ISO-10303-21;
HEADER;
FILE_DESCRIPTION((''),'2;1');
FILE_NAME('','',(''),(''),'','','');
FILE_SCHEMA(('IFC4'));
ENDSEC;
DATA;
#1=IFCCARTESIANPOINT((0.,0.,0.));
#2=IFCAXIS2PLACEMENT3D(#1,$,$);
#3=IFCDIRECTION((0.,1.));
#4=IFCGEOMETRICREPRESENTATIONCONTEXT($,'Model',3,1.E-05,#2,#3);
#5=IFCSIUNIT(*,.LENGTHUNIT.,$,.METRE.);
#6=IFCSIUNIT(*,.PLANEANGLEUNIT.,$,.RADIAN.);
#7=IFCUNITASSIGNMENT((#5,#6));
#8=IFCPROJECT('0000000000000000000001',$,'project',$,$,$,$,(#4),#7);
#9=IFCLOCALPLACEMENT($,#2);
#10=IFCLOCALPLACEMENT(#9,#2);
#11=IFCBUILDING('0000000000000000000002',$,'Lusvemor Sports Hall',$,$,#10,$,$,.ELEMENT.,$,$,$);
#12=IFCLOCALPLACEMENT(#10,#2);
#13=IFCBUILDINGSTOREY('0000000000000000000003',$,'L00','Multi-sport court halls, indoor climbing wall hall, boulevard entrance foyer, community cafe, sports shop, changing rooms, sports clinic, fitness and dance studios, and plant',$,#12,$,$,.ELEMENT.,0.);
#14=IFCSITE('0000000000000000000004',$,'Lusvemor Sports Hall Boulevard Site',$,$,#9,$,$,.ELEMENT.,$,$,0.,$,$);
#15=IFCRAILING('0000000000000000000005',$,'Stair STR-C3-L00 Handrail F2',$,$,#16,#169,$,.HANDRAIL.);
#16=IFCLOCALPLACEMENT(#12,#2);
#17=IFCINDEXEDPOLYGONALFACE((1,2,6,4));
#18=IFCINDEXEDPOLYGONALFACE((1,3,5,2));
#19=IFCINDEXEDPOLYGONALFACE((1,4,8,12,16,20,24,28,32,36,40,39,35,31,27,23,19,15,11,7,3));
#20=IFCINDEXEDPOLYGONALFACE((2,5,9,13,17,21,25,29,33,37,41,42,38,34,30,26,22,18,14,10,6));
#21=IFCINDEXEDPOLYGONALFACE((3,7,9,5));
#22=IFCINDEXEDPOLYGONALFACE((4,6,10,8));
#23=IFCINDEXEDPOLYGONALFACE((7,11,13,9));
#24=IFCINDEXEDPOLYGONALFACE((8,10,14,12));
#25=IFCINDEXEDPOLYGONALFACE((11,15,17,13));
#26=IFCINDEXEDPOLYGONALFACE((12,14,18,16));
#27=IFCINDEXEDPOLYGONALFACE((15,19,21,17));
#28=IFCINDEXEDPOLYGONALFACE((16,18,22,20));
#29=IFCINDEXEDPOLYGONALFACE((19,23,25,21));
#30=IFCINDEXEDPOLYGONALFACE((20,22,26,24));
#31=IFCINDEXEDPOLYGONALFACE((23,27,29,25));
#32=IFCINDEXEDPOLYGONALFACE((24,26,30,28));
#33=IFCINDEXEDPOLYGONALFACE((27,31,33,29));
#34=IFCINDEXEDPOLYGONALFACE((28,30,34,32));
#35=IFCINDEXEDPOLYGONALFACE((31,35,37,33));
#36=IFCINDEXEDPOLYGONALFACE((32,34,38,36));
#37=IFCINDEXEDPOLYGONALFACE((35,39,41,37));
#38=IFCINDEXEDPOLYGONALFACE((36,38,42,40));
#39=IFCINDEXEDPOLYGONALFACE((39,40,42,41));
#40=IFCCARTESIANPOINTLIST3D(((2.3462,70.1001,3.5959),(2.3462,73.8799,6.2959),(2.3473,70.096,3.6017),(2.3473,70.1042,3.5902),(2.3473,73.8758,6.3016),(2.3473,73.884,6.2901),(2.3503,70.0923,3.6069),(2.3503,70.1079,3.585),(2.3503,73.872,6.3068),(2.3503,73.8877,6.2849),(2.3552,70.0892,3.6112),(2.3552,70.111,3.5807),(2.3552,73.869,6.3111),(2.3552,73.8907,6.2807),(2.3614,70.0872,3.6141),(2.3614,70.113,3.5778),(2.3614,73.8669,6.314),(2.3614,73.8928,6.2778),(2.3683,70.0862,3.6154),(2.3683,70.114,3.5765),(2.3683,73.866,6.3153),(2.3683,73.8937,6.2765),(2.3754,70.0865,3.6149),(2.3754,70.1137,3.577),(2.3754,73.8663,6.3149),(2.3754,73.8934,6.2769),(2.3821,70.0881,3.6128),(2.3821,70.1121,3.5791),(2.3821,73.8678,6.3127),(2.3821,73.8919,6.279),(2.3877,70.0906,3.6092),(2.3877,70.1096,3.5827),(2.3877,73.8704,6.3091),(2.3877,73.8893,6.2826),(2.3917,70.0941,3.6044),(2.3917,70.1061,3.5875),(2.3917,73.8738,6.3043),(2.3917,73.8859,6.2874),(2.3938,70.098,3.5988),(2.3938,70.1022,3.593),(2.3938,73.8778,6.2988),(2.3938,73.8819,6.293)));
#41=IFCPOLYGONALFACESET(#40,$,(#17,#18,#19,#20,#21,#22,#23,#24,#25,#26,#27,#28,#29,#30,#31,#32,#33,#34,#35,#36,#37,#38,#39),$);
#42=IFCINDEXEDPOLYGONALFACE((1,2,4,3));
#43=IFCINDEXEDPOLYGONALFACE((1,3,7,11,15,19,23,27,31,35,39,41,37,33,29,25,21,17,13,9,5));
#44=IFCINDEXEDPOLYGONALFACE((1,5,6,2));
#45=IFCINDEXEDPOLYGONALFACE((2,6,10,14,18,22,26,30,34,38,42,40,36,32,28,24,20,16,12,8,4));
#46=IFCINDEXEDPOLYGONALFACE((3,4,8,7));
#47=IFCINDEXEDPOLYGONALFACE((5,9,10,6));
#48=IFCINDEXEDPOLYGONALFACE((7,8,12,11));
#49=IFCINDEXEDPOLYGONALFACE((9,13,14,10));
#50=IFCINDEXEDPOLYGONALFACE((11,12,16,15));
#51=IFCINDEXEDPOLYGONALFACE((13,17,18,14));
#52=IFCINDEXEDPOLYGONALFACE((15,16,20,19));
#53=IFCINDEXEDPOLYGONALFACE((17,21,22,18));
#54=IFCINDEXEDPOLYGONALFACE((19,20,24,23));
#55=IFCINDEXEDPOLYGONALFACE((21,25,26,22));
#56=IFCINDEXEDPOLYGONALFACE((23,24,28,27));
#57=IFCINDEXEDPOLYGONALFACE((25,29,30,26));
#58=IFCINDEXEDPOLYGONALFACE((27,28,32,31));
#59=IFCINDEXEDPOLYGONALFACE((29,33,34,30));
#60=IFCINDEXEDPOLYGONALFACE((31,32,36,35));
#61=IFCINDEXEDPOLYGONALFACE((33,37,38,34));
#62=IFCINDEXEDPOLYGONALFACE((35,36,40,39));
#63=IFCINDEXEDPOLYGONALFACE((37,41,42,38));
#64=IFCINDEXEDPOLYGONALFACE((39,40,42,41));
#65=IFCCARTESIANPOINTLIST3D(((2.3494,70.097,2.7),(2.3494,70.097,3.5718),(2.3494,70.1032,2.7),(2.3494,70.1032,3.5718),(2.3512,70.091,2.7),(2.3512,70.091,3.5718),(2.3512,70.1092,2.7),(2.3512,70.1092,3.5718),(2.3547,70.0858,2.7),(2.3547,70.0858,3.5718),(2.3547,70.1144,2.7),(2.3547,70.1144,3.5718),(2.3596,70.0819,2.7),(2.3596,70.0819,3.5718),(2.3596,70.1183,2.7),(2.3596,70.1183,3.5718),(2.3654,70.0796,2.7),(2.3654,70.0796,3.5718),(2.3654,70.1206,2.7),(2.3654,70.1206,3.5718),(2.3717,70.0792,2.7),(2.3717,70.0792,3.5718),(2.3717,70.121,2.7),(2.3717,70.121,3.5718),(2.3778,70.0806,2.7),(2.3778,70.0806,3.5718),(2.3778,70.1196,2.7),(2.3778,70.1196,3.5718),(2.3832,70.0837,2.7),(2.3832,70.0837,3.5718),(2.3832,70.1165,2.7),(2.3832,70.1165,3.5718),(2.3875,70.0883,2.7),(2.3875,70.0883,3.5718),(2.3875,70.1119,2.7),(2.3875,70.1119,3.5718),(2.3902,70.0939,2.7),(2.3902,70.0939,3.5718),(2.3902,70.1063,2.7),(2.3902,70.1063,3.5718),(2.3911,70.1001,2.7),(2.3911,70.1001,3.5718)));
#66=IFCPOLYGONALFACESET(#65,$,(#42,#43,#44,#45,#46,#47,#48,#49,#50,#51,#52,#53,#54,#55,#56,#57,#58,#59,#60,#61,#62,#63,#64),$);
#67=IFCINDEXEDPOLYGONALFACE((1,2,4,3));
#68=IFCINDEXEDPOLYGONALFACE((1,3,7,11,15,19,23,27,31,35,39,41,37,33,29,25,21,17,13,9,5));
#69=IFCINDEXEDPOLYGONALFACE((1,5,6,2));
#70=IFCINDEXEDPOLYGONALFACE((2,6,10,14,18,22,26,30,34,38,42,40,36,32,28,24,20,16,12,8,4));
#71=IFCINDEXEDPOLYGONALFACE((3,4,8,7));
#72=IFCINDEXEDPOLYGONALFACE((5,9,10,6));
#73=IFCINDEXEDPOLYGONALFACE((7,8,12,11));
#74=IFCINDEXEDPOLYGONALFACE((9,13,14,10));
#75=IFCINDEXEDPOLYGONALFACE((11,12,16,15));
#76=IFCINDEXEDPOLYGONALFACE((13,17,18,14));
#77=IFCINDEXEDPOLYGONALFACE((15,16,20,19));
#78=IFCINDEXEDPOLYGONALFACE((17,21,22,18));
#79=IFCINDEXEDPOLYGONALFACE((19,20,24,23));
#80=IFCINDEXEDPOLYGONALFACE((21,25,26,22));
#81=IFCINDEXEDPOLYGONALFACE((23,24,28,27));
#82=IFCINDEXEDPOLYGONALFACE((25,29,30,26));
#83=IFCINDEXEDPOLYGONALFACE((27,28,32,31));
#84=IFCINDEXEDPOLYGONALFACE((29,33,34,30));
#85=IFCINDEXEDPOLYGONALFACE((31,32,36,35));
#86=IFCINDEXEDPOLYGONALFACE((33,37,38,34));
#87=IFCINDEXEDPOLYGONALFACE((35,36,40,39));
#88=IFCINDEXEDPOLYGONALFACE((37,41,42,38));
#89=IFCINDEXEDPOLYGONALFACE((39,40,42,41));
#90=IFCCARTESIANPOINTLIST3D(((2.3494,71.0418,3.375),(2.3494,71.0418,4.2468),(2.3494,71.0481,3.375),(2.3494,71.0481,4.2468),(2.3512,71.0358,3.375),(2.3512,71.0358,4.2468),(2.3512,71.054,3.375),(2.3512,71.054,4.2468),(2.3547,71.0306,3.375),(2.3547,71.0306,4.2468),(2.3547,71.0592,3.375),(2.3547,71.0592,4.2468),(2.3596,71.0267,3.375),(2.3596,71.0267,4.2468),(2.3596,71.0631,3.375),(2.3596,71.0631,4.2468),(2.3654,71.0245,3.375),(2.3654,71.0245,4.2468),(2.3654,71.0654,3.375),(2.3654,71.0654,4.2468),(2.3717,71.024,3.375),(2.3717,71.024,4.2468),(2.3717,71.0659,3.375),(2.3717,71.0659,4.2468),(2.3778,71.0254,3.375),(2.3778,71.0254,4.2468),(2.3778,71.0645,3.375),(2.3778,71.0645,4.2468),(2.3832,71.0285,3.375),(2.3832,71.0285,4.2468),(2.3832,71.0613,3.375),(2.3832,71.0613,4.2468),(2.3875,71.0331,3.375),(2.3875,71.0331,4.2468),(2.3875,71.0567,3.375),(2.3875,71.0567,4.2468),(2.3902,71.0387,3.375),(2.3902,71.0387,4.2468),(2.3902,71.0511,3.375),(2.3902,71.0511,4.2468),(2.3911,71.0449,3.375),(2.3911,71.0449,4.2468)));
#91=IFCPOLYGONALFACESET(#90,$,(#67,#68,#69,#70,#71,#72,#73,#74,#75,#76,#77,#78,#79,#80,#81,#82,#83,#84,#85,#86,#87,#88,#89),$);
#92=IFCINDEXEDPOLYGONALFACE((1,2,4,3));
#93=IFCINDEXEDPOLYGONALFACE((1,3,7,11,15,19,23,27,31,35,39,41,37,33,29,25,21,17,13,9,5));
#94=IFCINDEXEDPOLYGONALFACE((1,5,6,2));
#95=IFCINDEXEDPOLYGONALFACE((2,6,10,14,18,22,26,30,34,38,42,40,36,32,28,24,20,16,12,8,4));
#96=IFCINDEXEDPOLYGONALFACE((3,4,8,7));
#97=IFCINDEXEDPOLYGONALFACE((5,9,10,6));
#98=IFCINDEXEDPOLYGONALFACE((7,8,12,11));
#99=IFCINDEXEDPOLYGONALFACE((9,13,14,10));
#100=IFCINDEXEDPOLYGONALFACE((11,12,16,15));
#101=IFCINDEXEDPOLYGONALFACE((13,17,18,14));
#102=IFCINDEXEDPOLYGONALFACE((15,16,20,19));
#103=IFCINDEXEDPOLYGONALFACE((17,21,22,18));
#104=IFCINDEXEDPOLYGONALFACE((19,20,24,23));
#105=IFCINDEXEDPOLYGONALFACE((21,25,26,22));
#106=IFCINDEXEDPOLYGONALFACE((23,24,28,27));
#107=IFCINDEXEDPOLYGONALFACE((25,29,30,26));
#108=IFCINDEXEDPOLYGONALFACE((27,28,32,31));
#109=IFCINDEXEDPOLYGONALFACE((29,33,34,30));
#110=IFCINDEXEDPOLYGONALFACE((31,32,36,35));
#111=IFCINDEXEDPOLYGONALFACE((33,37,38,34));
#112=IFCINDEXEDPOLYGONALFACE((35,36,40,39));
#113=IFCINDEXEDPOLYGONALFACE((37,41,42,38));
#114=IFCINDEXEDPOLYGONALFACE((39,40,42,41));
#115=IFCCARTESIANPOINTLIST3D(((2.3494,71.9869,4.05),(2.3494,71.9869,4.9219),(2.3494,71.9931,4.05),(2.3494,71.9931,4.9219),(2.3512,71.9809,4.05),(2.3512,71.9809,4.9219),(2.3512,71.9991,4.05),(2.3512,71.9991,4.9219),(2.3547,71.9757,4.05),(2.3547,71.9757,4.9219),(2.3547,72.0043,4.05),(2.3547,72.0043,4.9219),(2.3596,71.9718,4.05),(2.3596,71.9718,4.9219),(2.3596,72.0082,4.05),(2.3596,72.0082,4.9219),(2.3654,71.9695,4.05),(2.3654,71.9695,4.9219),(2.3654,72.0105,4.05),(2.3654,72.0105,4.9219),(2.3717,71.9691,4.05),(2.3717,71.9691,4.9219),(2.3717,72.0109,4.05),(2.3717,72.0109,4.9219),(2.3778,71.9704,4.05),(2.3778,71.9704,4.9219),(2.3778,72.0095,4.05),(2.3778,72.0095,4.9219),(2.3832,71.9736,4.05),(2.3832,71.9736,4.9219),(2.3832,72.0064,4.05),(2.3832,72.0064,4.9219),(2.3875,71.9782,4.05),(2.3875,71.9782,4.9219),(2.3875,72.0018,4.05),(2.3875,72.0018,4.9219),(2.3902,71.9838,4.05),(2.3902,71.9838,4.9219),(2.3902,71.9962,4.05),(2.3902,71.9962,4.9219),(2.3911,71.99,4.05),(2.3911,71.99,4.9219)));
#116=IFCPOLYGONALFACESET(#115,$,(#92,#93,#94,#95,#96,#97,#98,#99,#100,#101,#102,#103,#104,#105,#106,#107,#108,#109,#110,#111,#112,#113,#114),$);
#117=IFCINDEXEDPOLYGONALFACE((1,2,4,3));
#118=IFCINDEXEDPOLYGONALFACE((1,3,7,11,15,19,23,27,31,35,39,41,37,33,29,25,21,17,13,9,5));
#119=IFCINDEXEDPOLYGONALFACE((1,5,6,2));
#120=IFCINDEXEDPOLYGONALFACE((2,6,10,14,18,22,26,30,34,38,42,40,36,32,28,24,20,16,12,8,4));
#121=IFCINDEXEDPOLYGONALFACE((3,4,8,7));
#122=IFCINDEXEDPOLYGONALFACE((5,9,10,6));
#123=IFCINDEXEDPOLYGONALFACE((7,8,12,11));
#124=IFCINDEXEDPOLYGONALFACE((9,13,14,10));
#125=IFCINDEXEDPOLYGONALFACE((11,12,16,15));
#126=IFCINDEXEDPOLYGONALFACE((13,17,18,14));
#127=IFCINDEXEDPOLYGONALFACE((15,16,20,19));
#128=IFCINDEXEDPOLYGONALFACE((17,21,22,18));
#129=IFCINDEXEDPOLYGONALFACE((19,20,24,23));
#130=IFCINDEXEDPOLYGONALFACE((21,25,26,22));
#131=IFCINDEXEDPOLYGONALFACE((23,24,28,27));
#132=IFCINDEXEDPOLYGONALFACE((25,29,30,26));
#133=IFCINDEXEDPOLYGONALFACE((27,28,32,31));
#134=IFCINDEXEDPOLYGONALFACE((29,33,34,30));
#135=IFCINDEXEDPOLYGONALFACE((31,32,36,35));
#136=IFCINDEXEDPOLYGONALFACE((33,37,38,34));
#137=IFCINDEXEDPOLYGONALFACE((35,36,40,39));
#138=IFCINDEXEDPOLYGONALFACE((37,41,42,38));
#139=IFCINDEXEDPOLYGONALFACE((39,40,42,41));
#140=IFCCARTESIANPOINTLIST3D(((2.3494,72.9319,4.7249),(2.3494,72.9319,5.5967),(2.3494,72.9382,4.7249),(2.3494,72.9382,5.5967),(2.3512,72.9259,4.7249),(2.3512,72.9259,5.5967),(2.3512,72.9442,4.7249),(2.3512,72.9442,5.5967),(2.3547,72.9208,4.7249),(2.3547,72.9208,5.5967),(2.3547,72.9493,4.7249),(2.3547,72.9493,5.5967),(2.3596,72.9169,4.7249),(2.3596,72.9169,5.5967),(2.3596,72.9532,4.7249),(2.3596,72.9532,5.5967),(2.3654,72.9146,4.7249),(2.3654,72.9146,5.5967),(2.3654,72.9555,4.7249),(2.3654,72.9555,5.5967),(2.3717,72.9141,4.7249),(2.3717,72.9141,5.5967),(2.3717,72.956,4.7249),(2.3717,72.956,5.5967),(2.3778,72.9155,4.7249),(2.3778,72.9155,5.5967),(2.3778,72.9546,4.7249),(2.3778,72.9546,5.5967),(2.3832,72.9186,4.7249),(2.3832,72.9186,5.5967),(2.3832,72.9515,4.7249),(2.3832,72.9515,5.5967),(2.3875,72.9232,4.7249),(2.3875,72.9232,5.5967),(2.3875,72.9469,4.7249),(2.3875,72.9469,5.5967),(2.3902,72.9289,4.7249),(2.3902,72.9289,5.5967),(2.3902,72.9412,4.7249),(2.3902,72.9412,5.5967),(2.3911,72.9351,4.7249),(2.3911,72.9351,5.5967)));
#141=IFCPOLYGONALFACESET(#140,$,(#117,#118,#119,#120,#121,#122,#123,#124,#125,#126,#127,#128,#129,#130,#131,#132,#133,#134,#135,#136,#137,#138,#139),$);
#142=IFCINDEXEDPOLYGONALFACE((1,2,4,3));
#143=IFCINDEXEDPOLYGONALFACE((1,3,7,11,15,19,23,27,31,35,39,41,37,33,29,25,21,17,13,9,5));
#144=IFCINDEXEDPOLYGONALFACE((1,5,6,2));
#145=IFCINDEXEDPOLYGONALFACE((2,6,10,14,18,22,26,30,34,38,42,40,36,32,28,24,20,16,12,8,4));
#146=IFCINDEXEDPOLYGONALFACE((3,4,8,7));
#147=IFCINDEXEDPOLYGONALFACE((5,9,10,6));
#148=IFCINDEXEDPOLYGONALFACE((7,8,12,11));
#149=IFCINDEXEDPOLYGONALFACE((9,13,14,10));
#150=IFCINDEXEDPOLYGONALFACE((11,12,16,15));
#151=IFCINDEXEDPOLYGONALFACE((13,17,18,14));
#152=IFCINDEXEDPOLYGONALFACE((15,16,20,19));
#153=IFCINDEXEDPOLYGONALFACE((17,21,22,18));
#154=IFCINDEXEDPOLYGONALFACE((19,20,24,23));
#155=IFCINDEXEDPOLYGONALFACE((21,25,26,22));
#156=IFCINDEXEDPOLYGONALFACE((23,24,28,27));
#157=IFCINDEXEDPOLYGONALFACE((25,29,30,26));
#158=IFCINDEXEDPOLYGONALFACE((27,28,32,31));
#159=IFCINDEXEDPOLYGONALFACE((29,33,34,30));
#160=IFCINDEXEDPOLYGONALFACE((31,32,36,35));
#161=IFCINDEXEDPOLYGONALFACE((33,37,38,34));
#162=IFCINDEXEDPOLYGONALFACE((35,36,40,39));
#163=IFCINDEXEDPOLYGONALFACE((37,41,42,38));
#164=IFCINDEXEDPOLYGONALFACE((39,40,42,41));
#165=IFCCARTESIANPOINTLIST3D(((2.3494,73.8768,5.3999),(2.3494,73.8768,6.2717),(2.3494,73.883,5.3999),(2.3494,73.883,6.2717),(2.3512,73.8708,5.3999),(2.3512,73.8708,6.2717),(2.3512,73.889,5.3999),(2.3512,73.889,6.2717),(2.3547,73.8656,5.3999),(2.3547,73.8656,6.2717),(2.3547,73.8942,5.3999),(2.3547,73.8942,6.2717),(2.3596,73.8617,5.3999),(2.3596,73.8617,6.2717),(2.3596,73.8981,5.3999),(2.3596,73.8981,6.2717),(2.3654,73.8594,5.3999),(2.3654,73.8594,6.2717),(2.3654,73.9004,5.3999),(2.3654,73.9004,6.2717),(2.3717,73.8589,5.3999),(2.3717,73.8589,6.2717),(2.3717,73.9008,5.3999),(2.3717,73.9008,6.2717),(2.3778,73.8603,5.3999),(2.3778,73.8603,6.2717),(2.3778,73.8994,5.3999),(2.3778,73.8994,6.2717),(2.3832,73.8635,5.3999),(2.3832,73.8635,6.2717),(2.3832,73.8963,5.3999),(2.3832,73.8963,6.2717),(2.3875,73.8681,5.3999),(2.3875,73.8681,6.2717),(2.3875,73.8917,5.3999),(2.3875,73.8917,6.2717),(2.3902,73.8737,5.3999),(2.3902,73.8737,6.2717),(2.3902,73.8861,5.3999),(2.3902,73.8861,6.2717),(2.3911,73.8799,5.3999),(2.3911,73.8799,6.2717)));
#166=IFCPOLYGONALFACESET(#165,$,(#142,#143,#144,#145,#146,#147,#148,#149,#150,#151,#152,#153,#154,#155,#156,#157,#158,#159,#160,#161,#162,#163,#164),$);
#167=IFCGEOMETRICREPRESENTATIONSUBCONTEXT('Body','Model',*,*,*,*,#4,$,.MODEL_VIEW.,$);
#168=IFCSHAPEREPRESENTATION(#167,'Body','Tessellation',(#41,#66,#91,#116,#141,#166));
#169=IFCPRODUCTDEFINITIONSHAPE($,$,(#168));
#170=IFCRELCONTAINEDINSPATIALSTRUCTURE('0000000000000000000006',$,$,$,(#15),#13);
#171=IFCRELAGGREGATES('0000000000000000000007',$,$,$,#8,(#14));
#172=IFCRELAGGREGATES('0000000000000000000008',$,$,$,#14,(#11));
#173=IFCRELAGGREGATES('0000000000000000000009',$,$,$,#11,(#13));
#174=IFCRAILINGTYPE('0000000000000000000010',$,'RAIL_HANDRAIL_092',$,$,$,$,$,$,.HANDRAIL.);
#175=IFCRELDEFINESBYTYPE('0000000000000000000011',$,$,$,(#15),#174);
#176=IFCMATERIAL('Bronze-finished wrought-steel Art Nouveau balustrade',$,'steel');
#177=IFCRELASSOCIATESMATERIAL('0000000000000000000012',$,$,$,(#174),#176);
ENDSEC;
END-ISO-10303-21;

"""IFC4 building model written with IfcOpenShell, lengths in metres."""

from ifc_helpers import new_model, si_unit, direction, frame, origin, origin_2d, place, context, subcontext, project, spatial, circle, extrude, material, type_object, element, save


model = new_model("IFC4")

# Units and contexts
model_context = context("Model", 3, precision=1e-05, world=origin(), true_north=direction((0.0, 1.0)))
body_context = subcontext(model_context, "Body", "Model", "MODEL_VIEW")
ifc_project = project(units=[si_unit("LENGTHUNIT", "METRE"), si_unit("PLANEANGLEUNIT", "RADIAN")], contexts=[model_context])

# Site, building, storey
site_placement = place(None, origin())
site = spatial("IfcSite", under=ifc_project, at=site_placement, Name="Lusvemor Sports Hall Boulevard Site", CompositionType="ELEMENT", RefElevation=0.0)
building_placement = place(site_placement, origin())
building = spatial("IfcBuilding", under=site, at=building_placement, Name="Lusvemor Sports Hall", CompositionType="ELEMENT")
storey_placement = place(building_placement, origin())
storey = spatial("IfcBuildingStorey", under=building, at=storey_placement, Name="L00", Description="Multi-sport court halls, indoor climbing wall hall, boulevard entrance foyer, community cafe, sports shop, changing rooms, sports clinic, fitness and dance studios, and plant", CompositionType="ELEMENT", Elevation=0.0)

# Railing
ifc_material_1 = material(Name="Bronze-finished wrought-steel Art Nouveau balustrade", Category="steel")
railing_type_1 = type_object("IfcRailingType", Name="RAIL_HANDRAIL_092", PredefinedType="HANDRAIL", material=ifc_material_1)
railing_1_placement = place(storey_placement, frame((2.3701, 70.1001, 2.7)))
element("IfcRailing", 1, at=railing_1_placement, inside=storey, type_object=railing_type_1, Name="Stair STR-C3-L00 Handrail F2", PredefinedType="HANDRAIL", context=body_context, shape_type="SweptSolid", body=[
    extrude(circle(Radius=0.0239, at=origin_2d()), frame((0.0, 0.0, 0.896), z_axis=(0.0, 0.813723, 0.581253), x_axis=(-1.0, 0.0, 0.0)), (0.0, 0.0, 1.0), 4.645),
    extrude(circle(Radius=0.021, at=origin_2d()), origin(), (0.0, 0.0, 1.0), 0.8718),
    extrude(circle(Radius=0.021, at=origin_2d()), frame((0.0, 0.9448, 0.675)), (0.0, 0.0, 1.0), 0.8718),
    extrude(circle(Radius=0.021, at=origin_2d()), frame((0.0, 1.8899, 1.3501)), (0.0, 0.0, 1.0), 0.8718),
    extrude(circle(Radius=0.021, at=origin_2d()), frame((0.0, 2.835, 2.0249)), (0.0, 0.0, 1.0), 0.8718),
    extrude(circle(Radius=0.021, at=origin_2d()), frame((0.0, 3.7798, 2.7)), (0.0, 0.0, 1.0), 0.8718),
])

save(model, "model.ifc")
